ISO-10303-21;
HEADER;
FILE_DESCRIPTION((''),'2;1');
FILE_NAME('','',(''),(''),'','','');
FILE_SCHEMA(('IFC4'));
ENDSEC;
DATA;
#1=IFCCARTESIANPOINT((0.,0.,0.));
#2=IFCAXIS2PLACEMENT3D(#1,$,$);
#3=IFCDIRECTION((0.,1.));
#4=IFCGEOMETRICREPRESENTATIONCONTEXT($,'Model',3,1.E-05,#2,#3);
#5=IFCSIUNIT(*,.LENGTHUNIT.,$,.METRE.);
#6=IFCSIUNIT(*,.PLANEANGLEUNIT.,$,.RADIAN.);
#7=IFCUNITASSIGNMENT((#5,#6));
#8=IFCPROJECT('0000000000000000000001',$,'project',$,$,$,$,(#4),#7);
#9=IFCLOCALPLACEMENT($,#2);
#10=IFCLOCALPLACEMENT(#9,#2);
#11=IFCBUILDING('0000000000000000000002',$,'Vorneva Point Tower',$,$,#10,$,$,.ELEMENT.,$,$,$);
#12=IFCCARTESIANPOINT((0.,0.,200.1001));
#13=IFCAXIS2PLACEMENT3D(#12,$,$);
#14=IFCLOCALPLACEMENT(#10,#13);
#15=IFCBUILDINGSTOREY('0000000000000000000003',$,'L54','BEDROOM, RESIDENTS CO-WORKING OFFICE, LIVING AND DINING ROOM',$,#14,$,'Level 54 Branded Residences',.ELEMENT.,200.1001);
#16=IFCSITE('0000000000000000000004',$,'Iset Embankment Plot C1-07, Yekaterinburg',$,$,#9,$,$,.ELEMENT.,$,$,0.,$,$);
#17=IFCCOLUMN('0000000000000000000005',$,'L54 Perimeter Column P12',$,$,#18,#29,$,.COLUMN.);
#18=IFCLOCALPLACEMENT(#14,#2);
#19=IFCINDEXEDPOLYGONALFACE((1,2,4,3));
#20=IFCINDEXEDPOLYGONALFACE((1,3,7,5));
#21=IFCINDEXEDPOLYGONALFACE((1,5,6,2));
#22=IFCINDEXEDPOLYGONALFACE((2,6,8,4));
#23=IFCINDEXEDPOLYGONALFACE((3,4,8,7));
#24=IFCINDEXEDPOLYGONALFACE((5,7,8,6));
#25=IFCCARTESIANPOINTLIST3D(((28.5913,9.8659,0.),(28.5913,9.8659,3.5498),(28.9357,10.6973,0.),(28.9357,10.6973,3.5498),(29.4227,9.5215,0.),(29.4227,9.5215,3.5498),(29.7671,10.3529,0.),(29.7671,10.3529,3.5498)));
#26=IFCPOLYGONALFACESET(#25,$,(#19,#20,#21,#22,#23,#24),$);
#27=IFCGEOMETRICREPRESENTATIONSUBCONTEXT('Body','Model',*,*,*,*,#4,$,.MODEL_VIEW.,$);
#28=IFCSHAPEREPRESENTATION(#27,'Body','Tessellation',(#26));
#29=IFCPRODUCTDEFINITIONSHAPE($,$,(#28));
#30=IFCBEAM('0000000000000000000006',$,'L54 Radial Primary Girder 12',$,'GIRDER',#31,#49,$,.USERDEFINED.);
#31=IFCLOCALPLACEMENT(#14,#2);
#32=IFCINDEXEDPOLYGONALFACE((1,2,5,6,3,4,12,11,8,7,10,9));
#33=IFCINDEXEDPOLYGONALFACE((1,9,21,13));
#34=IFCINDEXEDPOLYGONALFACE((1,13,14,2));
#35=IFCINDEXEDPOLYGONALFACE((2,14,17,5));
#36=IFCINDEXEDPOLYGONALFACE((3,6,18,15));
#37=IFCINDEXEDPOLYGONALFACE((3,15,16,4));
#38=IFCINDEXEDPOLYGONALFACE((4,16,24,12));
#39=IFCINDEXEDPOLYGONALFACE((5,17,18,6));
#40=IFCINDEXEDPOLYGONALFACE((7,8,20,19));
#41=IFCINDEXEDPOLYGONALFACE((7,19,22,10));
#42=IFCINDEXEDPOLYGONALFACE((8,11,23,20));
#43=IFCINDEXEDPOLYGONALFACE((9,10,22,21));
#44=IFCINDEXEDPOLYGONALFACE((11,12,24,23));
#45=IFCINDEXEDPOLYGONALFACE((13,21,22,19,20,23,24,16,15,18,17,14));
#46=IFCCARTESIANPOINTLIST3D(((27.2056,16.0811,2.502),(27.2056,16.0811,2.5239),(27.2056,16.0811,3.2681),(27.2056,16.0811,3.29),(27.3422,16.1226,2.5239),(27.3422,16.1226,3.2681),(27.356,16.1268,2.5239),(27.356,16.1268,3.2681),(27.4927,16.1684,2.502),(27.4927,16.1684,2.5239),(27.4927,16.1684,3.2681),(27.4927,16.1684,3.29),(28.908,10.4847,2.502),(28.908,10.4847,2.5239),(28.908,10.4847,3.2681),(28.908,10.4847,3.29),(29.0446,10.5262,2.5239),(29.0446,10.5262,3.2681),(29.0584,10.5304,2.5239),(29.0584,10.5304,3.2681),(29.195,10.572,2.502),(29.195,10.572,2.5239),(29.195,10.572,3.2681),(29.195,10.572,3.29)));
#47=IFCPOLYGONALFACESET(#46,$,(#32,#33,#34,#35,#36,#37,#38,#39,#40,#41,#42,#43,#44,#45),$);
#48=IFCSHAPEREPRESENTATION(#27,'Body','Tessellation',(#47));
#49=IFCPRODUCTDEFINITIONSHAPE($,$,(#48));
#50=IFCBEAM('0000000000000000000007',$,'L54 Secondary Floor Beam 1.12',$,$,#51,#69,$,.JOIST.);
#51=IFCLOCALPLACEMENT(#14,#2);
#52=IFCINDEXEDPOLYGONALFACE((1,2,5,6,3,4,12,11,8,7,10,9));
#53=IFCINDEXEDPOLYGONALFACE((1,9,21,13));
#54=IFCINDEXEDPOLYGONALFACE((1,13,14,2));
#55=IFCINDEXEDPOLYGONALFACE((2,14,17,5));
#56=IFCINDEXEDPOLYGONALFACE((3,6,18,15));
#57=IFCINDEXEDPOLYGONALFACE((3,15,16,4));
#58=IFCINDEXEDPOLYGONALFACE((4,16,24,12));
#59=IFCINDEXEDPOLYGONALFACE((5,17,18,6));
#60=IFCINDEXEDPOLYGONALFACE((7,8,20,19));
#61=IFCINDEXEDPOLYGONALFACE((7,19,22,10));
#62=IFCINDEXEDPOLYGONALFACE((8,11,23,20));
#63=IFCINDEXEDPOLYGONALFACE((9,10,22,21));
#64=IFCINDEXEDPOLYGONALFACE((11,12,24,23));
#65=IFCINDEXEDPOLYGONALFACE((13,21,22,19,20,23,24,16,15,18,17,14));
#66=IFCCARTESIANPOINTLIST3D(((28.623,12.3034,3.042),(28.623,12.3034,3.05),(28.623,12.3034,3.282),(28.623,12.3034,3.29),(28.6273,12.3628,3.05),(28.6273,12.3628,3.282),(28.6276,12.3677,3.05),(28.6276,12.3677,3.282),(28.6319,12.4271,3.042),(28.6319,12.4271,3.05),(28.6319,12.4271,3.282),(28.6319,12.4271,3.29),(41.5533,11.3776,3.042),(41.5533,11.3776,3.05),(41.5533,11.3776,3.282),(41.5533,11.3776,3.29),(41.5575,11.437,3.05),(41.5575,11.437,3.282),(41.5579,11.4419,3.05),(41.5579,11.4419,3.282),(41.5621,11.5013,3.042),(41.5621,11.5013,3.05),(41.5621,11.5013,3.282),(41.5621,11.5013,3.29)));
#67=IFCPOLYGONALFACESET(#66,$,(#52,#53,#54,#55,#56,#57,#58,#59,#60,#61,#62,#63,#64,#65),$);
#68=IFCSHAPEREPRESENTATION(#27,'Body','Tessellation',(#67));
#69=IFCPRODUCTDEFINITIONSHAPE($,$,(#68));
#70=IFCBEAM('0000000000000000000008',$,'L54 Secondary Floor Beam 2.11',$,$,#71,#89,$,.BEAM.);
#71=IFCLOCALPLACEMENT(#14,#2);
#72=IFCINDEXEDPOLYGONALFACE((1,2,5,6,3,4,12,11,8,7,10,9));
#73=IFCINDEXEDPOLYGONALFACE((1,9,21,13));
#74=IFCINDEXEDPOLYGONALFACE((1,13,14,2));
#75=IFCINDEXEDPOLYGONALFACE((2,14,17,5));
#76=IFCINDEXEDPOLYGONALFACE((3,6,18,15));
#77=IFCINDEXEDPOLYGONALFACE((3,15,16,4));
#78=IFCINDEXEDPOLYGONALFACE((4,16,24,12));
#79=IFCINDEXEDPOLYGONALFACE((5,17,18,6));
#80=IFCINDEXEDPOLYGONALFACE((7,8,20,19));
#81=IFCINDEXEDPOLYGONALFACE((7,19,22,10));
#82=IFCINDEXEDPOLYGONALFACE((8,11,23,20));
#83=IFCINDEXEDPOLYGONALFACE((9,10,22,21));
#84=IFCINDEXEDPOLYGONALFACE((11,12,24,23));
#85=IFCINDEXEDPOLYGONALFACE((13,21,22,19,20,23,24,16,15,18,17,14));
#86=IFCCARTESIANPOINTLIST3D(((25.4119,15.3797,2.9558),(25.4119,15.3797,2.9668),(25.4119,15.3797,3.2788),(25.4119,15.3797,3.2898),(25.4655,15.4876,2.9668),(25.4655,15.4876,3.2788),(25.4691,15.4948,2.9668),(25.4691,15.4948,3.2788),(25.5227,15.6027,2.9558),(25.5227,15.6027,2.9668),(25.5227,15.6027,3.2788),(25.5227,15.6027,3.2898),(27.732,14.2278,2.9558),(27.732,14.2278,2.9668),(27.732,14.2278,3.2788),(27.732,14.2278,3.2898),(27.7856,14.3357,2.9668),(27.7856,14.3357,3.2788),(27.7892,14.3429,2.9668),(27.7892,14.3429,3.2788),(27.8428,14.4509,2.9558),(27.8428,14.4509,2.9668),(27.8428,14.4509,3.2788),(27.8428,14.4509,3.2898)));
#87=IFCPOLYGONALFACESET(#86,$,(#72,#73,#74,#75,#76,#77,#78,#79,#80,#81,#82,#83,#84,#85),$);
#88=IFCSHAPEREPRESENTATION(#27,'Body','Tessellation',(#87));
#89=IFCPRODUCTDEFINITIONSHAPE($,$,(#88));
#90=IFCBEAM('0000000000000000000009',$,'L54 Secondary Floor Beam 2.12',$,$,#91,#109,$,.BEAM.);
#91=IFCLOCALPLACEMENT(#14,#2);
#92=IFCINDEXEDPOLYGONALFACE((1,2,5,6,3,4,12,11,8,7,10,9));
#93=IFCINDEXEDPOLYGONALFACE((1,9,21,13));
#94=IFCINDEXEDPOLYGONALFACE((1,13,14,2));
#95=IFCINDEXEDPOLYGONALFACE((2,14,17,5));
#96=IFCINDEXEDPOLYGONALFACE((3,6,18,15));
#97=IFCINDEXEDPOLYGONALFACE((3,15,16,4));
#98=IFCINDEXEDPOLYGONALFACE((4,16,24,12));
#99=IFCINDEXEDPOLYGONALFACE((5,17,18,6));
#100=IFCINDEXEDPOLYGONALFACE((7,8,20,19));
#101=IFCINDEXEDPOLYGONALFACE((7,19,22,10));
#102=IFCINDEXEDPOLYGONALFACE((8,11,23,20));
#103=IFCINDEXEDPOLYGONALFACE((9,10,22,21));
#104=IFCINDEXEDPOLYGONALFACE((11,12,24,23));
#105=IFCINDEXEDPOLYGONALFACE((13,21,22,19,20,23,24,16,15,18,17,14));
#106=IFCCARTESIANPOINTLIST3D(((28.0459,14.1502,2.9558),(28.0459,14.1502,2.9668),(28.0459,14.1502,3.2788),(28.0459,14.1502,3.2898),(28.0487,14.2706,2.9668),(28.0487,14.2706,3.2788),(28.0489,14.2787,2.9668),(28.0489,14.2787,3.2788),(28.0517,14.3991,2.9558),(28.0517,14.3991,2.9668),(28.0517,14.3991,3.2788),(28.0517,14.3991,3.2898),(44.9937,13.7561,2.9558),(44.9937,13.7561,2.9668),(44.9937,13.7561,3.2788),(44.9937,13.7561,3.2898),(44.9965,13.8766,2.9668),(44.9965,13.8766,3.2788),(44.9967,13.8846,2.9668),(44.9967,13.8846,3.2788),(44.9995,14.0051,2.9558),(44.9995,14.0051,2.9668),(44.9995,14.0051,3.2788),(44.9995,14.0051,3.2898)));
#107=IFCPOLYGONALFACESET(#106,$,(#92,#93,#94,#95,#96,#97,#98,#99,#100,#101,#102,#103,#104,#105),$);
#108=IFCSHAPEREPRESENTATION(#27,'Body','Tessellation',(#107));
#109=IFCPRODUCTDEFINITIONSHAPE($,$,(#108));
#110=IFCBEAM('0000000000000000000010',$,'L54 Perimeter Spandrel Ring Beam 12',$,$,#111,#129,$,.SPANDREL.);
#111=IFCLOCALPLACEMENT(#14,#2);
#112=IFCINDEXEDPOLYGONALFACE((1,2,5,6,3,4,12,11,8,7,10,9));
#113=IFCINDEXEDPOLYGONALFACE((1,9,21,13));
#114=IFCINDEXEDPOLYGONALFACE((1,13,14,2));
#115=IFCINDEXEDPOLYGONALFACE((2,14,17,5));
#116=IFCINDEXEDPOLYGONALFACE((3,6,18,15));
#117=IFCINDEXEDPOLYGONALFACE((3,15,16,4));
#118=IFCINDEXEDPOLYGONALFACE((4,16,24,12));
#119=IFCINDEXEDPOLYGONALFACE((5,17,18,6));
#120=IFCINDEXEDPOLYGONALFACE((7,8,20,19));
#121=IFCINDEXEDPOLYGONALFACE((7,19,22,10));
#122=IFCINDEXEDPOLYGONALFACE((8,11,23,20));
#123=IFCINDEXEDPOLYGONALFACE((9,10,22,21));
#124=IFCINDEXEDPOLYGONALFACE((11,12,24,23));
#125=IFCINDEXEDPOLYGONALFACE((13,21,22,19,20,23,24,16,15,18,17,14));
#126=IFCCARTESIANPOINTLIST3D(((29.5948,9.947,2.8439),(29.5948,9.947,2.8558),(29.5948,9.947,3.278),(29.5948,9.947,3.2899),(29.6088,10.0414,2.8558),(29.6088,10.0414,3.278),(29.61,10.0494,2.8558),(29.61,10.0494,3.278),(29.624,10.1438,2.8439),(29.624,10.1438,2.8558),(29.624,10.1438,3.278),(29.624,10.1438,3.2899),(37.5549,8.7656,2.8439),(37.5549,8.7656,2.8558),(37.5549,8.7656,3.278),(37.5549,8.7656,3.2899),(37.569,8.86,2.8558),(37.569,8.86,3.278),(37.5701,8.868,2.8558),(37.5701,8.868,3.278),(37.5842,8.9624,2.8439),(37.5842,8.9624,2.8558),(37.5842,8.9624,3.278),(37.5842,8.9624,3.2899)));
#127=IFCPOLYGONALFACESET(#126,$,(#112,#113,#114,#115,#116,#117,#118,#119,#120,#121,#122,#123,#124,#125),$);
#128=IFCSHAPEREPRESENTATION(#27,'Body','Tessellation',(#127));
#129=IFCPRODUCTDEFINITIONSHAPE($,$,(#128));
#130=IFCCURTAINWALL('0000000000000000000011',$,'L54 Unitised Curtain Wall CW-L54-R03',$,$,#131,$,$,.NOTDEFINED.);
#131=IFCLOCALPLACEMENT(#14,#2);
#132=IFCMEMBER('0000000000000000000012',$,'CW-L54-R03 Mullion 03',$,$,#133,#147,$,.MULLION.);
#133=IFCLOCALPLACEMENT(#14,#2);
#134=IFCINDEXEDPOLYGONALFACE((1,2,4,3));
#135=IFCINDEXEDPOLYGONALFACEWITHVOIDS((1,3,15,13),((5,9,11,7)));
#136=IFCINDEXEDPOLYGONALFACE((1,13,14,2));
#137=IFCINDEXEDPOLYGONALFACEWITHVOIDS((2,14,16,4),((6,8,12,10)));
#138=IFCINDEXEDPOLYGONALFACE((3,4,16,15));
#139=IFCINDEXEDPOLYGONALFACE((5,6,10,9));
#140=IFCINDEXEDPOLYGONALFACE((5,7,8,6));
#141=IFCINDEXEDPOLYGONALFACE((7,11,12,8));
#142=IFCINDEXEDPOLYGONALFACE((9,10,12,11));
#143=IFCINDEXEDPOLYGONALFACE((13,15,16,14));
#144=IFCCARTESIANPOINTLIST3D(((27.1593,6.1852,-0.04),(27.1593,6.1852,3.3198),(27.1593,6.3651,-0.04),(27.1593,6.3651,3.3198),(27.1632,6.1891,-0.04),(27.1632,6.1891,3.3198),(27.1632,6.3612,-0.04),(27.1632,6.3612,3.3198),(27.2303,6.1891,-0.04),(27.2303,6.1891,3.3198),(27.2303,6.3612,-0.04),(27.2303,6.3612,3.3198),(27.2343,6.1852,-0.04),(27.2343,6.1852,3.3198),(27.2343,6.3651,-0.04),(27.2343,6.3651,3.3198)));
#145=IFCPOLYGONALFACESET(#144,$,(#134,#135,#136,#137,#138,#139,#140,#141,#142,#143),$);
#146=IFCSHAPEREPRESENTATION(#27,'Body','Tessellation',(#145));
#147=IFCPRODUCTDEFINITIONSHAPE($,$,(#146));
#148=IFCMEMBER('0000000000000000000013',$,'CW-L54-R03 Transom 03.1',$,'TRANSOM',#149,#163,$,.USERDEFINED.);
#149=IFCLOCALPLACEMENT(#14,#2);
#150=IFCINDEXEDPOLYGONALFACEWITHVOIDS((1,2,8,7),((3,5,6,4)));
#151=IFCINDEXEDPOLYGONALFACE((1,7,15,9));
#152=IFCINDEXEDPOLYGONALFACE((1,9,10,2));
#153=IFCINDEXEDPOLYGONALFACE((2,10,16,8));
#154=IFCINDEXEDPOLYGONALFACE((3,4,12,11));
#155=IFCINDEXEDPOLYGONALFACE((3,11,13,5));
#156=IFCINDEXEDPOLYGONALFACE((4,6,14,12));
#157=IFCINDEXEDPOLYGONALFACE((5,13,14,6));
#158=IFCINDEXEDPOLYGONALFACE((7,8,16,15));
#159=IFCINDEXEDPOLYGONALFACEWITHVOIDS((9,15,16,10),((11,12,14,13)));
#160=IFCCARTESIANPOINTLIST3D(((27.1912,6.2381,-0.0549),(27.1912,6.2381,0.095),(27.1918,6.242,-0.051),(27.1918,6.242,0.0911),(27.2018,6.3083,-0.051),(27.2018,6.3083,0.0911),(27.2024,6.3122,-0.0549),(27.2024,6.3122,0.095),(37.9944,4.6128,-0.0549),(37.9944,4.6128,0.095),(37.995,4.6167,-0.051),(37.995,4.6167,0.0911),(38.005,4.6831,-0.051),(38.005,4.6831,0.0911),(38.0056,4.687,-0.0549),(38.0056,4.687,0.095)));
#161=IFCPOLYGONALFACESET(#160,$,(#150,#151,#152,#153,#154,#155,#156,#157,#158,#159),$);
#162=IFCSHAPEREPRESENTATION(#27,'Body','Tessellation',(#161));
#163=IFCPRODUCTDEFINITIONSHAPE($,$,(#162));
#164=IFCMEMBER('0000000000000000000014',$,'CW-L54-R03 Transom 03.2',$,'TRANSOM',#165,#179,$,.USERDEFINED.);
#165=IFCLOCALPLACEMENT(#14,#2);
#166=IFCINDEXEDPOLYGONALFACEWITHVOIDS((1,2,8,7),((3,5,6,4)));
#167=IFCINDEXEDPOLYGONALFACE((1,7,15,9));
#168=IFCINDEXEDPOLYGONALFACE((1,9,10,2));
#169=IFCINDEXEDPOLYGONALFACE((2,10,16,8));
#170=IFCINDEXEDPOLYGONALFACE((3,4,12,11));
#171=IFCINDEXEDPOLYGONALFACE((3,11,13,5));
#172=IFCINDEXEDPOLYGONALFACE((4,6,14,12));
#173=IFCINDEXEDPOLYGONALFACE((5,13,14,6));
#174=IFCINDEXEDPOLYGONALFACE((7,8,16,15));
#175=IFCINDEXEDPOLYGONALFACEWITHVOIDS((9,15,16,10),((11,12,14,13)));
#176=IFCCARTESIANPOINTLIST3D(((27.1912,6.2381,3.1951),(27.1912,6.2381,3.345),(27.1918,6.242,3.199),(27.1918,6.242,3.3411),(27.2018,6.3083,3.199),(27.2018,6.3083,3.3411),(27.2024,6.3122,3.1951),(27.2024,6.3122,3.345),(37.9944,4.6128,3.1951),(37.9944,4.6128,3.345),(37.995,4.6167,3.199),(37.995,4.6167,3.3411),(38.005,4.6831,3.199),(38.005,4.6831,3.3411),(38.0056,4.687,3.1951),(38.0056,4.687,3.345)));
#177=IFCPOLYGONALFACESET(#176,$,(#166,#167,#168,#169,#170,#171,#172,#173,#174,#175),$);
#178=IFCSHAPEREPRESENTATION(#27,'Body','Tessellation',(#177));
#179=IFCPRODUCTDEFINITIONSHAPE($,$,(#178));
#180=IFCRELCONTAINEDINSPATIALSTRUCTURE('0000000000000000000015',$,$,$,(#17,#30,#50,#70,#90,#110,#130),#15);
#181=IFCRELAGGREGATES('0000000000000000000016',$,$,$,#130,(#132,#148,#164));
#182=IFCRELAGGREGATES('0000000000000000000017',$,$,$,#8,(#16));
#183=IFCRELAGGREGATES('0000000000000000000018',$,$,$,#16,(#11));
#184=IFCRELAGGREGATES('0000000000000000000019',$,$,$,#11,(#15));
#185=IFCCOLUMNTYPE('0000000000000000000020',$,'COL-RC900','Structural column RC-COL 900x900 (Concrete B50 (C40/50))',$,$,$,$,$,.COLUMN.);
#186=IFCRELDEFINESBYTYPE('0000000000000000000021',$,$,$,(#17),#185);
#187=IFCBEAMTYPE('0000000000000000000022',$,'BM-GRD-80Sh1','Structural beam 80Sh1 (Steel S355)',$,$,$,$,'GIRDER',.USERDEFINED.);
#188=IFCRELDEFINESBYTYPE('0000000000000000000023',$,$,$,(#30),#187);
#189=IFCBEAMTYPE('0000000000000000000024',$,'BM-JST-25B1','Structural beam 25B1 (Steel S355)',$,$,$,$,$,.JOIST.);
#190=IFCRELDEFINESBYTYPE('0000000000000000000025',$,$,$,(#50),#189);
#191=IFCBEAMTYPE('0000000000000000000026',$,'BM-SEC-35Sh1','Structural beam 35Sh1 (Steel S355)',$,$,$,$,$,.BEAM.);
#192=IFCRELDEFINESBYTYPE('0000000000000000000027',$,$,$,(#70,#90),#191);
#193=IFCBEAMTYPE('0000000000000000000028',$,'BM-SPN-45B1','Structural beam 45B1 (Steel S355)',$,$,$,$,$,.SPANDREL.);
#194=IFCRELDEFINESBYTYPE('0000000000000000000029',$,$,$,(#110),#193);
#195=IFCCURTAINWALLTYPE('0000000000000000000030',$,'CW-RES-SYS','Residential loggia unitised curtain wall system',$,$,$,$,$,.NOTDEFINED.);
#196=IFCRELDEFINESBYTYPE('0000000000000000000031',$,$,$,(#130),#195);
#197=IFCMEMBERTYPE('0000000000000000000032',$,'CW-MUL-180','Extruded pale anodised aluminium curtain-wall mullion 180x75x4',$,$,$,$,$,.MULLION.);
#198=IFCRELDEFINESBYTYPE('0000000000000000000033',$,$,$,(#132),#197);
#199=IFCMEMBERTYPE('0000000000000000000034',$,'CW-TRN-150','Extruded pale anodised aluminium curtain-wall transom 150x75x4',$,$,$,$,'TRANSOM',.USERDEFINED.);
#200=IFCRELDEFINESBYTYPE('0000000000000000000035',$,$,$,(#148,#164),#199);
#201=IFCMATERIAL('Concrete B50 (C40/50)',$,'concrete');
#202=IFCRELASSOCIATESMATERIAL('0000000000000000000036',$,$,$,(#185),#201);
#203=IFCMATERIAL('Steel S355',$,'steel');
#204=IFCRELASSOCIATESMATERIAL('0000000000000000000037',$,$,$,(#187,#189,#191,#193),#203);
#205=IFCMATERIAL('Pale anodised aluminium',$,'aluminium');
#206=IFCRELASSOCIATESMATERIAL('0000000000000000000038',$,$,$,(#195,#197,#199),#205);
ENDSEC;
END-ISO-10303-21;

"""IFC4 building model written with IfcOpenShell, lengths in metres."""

from ifc_helpers import new_model, si_unit, direction, frame, origin, origin_2d, place, context, subcontext, project, spatial, rectangle, hollow_rectangle, i_section, extrude, material, material_profile, profile_set, type_object, element, aggregate, save


model = new_model("IFC4")

# Units and contexts
model_context = context("Model", 3, precision=1e-05, world=origin(), true_north=direction((0.0, 1.0)))
body_context = subcontext(model_context, "Body", "Model", "MODEL_VIEW")
ifc_project = project(units=[si_unit("LENGTHUNIT", "METRE"), si_unit("PLANEANGLEUNIT", "RADIAN")], contexts=[model_context])

# Site, building, storey
site_placement = place(None, origin())
site = spatial("IfcSite", under=ifc_project, at=site_placement, Name="Iset Embankment Plot C1-07, Yekaterinburg", CompositionType="ELEMENT", RefElevation=0.0)
building_placement = place(site_placement, origin())
building = spatial("IfcBuilding", under=site, at=building_placement, Name="Vorneva Point Tower", CompositionType="ELEMENT")
storey_placement = place(building_placement, frame((0.0, 0.0, 200.1001)))
storey = spatial("IfcBuildingStorey", under=building, at=storey_placement, Name="L54", Description="BEDROOM, RESIDENTS CO-WORKING OFFICE, LIVING AND DINING ROOM", LongName="Level 54 Branded Residences", CompositionType="ELEMENT", Elevation=200.1001)

# Column
ifc_material_1 = material(Name="Concrete B50 (C40/50)", Category="concrete")
ifc_material_profile_1 = material_profile(ifc_material_1, rectangle(XDim=0.8999, YDim=0.8999, at=origin_2d()), Name="RC-COL 900x900")
ifc_profile_set_1 = profile_set([ifc_material_profile_1], Name="Concrete B50 (C40/50)")
column_type = type_object("IfcColumnType", Name="COL-RC900", Description="Structural column RC-COL 900x900 (Concrete B50 (C40/50))", PredefinedType="COLUMN", material=ifc_profile_set_1)
column_placement = place(storey_placement, frame((29.1792, 10.1094, 0.0), z_axis=(0.0, 0.0, 1.0), x_axis=(-0.382683, -0.92388, 0.0)))
element("IfcColumn", 1, at=column_placement, inside=storey, type_object=column_type, Name="L54 Perimeter Column P12", PredefinedType="COLUMN", context=body_context, shape_type="SweptSolid", body=[
    extrude(rectangle(XDim=0.8999, YDim=0.8999, at=origin_2d()), origin(), (0.0, 0.0, 1.0), 3.5498),
])

# Beams
ifc_material_2 = material(Name="Steel S355", Category="steel")
ifc_material_profile_2 = material_profile(ifc_material_2, i_section(OverallWidth=0.3, OverallDepth=0.7881, WebThickness=0.0144, FlangeThickness=0.022, at=origin_2d()), Name="80Sh1")
ifc_profile_set_2 = profile_set([ifc_material_profile_2], Name="Steel S355")
beam_type_1 = type_object("IfcBeamType", Name="BM-GRD-80Sh1", Description="Structural beam 80Sh1 (Steel S355)", ElementType="GIRDER", PredefinedType="USERDEFINED", material=ifc_profile_set_2)
beam_1_placement = place(storey_placement, frame((29.0515, 10.5283, 2.896), z_axis=(-0.291025, 0.956715, 0.0), x_axis=(-0.956715, -0.291025, 0.0)))
element("IfcBeam", 2, at=beam_1_placement, inside=storey, type_object=beam_type_1, Name="L54 Radial Primary Girder 12", ObjectType="GIRDER", PredefinedType="USERDEFINED", context=body_context, shape_type="SweptSolid", body=[
    extrude(i_section(OverallWidth=0.3, OverallDepth=0.7881, WebThickness=0.0144, FlangeThickness=0.022, at=origin_2d()), origin(), (0.0, 0.0, 1.0), 5.8496),
])
ifc_material_profile_3 = material_profile(ifc_material_2, i_section(OverallWidth=0.124, OverallDepth=0.248, WebThickness=0.0049, FlangeThickness=0.0081, at=origin_2d()), Name="25B1")
ifc_profile_set_3 = profile_set([ifc_material_profile_3], Name="Steel S355")
beam_type_2 = type_object("IfcBeamType", Name="BM-JST-25B1", Description="Structural beam 25B1 (Steel S355)", PredefinedType="JOIST", material=ifc_profile_set_3)
beam_2_placement = place(storey_placement, frame((28.6274, 12.3652, 3.166), z_axis=(0.997447, -0.071416, 0.0), x_axis=(0.071416, 0.997447, 0.0)))
element("IfcBeam", 3, at=beam_2_placement, inside=storey, type_object=beam_type_2, Name="L54 Secondary Floor Beam 1.12", PredefinedType="JOIST", context=body_context, shape_type="SweptSolid", body=[
    extrude(i_section(OverallWidth=0.124, OverallDepth=0.248, WebThickness=0.0049, FlangeThickness=0.0081, at=origin_2d()), origin(), (0.0, 0.0, 1.0), 12.9634),
])
ifc_material_profile_4 = material_profile(ifc_material_2, i_section(OverallWidth=0.249, OverallDepth=0.334, WebThickness=0.0081, FlangeThickness=0.011, at=origin_2d()), Name="35Sh1")
ifc_profile_set_4 = profile_set([ifc_material_profile_4], Name="Steel S355")
beam_type_3 = type_object("IfcBeamType", Name="BM-SEC-35Sh1", Description="Structural beam 35Sh1 (Steel S355)", PredefinedType="BEAM", material=ifc_profile_set_4)
beam_3_placement = place(storey_placement, frame((25.4673, 15.4912, 3.1228), z_axis=(0.895687, -0.444686, 0.0), x_axis=(0.444686, 0.895687, 0.0)))
element("IfcBeam", 4, at=beam_3_placement, inside=storey, type_object=beam_type_3, Name="L54 Secondary Floor Beam 2.11", PredefinedType="BEAM", context=body_context, shape_type="SweptSolid", body=[
    extrude(i_section(OverallWidth=0.249, OverallDepth=0.334, WebThickness=0.0081, FlangeThickness=0.011, at=origin_2d()), origin(), (0.0, 0.0, 1.0), 2.5903),
])
beam_4_placement = place(storey_placement, frame((28.0488, 14.2747, 3.1228), z_axis=(0.99973, -0.023244, 0.0), x_axis=(0.023244, 0.99973, 0.0)))
element("IfcBeam", 5, at=beam_4_placement, inside=storey, type_object=beam_type_3, Name="L54 Secondary Floor Beam 2.12", PredefinedType="BEAM", context=body_context, shape_type="SweptSolid", body=[
    extrude(i_section(OverallWidth=0.249, OverallDepth=0.334, WebThickness=0.0081, FlangeThickness=0.011, at=origin_2d()), origin(), (0.0, 0.0, 1.0), 16.9524),
])
ifc_material_profile_5 = material_profile(ifc_material_2, i_section(OverallWidth=0.199, OverallDepth=0.446, WebThickness=0.0081, FlangeThickness=0.012, at=origin_2d()), Name="45B1")
ifc_profile_set_5 = profile_set([ifc_material_profile_5], Name="Steel S355")
beam_type_4 = type_object("IfcBeamType", Name="BM-SPN-45B1", Description="Structural beam 45B1 (Steel S355)", PredefinedType="SPANDREL", material=ifc_profile_set_5)
beam_5_placement = place(storey_placement, frame((29.6094, 10.0454, 3.0669), z_axis=(0.989165, -0.146805, 0.0), x_axis=(0.146805, 0.989165, 0.0)))
element("IfcBeam", 6, at=beam_5_placement, inside=storey, type_object=beam_type_4, Name="L54 Perimeter Spandrel Ring Beam 12", PredefinedType="SPANDREL", context=body_context, shape_type="SweptSolid", body=[
    extrude(i_section(OverallWidth=0.199, OverallDepth=0.446, WebThickness=0.0081, FlangeThickness=0.012, at=origin_2d()), origin(), (0.0, 0.0, 1.0), 8.0474),
])

# Curtain wall, members
ifc_material_3 = material(Name="Pale anodised aluminium", Category="aluminium")
curtain_wall_type = type_object("IfcCurtainWallType", Name="CW-RES-SYS", Description="Residential loggia unitised curtain wall system", PredefinedType="NOTDEFINED", material=ifc_material_3)
curtain_wall_placement = place(storey_placement, origin())
curtain_wall = element("IfcCurtainWall", 7, at=curtain_wall_placement, inside=storey, type_object=curtain_wall_type, Name="L54 Unitised Curtain Wall CW-L54-R03", PredefinedType="NOTDEFINED")
ifc_material_profile_6 = material_profile(ifc_material_3, hollow_rectangle(XDim=0.075, YDim=0.1799, WallThickness=0.0039, at=origin_2d()), Name="AL-MUL 180x75x4")
ifc_profile_set_6 = profile_set([ifc_material_profile_6], Name="Pale anodised aluminium")
member_type_1 = type_object("IfcMemberType", Name="CW-MUL-180", Description="Extruded pale anodised aluminium curtain-wall mullion 180x75x4", PredefinedType="MULLION", material=ifc_profile_set_6)
member_1_placement = place(storey_placement, frame((27.1968, 6.2751, -0.04), z_axis=(0.0, 0.0, 1.0), x_axis=(1.0, 0.0, 0.0)))
member_1 = element("IfcMember", 8, at=member_1_placement, type_object=member_type_1, Name="CW-L54-R03 Mullion 03", PredefinedType="MULLION", context=body_context, shape_type="SweptSolid", body=[
    extrude(hollow_rectangle(XDim=0.075, YDim=0.1799, WallThickness=0.0039, at=origin_2d()), origin(), (0.0, 0.0, 1.0), 3.3599),
])
ifc_material_profile_7 = material_profile(ifc_material_3, hollow_rectangle(XDim=0.075, YDim=0.1499, WallThickness=0.0039, at=origin_2d()), Name="AL-TRN 150x75x4")
ifc_profile_set_7 = profile_set([ifc_material_profile_7], Name="Pale anodised aluminium")
member_type_2 = type_object("IfcMemberType", Name="CW-TRN-150", Description="Extruded pale anodised aluminium curtain-wall transom 150x75x4", ElementType="TRANSOM", PredefinedType="USERDEFINED", material=ifc_profile_set_7)
member_2_placement = place(storey_placement, frame((27.1968, 6.2751, 0.02), z_axis=(0.988872, -0.148767, 0.0), x_axis=(0.148767, 0.988872, 0.0)))
member_2 = element("IfcMember", 9, at=member_2_placement, type_object=member_type_2, Name="CW-L54-R03 Transom 03.1", ObjectType="TRANSOM", PredefinedType="USERDEFINED", context=body_context, shape_type="SweptSolid", body=[
    extrude(hollow_rectangle(XDim=0.075, YDim=0.1499, WallThickness=0.0039, at=origin_2d()), origin(), (0.0, 0.0, 1.0), 10.9248),
])
member_3_placement = place(storey_placement, frame((27.1968, 6.2751, 3.27), z_axis=(0.988872, -0.148767, 0.0), x_axis=(0.148767, 0.988872, 0.0)))
member_3 = element("IfcMember", 10, at=member_3_placement, type_object=member_type_2, Name="CW-L54-R03 Transom 03.2", ObjectType="TRANSOM", PredefinedType="USERDEFINED", context=body_context, shape_type="SweptSolid", body=[
    extrude(hollow_rectangle(XDim=0.075, YDim=0.1499, WallThickness=0.0039, at=origin_2d()), origin(), (0.0, 0.0, 1.0), 10.9248),
])
aggregate(curtain_wall, [member_1, member_2, member_3])

save(model, "model.ifc")
